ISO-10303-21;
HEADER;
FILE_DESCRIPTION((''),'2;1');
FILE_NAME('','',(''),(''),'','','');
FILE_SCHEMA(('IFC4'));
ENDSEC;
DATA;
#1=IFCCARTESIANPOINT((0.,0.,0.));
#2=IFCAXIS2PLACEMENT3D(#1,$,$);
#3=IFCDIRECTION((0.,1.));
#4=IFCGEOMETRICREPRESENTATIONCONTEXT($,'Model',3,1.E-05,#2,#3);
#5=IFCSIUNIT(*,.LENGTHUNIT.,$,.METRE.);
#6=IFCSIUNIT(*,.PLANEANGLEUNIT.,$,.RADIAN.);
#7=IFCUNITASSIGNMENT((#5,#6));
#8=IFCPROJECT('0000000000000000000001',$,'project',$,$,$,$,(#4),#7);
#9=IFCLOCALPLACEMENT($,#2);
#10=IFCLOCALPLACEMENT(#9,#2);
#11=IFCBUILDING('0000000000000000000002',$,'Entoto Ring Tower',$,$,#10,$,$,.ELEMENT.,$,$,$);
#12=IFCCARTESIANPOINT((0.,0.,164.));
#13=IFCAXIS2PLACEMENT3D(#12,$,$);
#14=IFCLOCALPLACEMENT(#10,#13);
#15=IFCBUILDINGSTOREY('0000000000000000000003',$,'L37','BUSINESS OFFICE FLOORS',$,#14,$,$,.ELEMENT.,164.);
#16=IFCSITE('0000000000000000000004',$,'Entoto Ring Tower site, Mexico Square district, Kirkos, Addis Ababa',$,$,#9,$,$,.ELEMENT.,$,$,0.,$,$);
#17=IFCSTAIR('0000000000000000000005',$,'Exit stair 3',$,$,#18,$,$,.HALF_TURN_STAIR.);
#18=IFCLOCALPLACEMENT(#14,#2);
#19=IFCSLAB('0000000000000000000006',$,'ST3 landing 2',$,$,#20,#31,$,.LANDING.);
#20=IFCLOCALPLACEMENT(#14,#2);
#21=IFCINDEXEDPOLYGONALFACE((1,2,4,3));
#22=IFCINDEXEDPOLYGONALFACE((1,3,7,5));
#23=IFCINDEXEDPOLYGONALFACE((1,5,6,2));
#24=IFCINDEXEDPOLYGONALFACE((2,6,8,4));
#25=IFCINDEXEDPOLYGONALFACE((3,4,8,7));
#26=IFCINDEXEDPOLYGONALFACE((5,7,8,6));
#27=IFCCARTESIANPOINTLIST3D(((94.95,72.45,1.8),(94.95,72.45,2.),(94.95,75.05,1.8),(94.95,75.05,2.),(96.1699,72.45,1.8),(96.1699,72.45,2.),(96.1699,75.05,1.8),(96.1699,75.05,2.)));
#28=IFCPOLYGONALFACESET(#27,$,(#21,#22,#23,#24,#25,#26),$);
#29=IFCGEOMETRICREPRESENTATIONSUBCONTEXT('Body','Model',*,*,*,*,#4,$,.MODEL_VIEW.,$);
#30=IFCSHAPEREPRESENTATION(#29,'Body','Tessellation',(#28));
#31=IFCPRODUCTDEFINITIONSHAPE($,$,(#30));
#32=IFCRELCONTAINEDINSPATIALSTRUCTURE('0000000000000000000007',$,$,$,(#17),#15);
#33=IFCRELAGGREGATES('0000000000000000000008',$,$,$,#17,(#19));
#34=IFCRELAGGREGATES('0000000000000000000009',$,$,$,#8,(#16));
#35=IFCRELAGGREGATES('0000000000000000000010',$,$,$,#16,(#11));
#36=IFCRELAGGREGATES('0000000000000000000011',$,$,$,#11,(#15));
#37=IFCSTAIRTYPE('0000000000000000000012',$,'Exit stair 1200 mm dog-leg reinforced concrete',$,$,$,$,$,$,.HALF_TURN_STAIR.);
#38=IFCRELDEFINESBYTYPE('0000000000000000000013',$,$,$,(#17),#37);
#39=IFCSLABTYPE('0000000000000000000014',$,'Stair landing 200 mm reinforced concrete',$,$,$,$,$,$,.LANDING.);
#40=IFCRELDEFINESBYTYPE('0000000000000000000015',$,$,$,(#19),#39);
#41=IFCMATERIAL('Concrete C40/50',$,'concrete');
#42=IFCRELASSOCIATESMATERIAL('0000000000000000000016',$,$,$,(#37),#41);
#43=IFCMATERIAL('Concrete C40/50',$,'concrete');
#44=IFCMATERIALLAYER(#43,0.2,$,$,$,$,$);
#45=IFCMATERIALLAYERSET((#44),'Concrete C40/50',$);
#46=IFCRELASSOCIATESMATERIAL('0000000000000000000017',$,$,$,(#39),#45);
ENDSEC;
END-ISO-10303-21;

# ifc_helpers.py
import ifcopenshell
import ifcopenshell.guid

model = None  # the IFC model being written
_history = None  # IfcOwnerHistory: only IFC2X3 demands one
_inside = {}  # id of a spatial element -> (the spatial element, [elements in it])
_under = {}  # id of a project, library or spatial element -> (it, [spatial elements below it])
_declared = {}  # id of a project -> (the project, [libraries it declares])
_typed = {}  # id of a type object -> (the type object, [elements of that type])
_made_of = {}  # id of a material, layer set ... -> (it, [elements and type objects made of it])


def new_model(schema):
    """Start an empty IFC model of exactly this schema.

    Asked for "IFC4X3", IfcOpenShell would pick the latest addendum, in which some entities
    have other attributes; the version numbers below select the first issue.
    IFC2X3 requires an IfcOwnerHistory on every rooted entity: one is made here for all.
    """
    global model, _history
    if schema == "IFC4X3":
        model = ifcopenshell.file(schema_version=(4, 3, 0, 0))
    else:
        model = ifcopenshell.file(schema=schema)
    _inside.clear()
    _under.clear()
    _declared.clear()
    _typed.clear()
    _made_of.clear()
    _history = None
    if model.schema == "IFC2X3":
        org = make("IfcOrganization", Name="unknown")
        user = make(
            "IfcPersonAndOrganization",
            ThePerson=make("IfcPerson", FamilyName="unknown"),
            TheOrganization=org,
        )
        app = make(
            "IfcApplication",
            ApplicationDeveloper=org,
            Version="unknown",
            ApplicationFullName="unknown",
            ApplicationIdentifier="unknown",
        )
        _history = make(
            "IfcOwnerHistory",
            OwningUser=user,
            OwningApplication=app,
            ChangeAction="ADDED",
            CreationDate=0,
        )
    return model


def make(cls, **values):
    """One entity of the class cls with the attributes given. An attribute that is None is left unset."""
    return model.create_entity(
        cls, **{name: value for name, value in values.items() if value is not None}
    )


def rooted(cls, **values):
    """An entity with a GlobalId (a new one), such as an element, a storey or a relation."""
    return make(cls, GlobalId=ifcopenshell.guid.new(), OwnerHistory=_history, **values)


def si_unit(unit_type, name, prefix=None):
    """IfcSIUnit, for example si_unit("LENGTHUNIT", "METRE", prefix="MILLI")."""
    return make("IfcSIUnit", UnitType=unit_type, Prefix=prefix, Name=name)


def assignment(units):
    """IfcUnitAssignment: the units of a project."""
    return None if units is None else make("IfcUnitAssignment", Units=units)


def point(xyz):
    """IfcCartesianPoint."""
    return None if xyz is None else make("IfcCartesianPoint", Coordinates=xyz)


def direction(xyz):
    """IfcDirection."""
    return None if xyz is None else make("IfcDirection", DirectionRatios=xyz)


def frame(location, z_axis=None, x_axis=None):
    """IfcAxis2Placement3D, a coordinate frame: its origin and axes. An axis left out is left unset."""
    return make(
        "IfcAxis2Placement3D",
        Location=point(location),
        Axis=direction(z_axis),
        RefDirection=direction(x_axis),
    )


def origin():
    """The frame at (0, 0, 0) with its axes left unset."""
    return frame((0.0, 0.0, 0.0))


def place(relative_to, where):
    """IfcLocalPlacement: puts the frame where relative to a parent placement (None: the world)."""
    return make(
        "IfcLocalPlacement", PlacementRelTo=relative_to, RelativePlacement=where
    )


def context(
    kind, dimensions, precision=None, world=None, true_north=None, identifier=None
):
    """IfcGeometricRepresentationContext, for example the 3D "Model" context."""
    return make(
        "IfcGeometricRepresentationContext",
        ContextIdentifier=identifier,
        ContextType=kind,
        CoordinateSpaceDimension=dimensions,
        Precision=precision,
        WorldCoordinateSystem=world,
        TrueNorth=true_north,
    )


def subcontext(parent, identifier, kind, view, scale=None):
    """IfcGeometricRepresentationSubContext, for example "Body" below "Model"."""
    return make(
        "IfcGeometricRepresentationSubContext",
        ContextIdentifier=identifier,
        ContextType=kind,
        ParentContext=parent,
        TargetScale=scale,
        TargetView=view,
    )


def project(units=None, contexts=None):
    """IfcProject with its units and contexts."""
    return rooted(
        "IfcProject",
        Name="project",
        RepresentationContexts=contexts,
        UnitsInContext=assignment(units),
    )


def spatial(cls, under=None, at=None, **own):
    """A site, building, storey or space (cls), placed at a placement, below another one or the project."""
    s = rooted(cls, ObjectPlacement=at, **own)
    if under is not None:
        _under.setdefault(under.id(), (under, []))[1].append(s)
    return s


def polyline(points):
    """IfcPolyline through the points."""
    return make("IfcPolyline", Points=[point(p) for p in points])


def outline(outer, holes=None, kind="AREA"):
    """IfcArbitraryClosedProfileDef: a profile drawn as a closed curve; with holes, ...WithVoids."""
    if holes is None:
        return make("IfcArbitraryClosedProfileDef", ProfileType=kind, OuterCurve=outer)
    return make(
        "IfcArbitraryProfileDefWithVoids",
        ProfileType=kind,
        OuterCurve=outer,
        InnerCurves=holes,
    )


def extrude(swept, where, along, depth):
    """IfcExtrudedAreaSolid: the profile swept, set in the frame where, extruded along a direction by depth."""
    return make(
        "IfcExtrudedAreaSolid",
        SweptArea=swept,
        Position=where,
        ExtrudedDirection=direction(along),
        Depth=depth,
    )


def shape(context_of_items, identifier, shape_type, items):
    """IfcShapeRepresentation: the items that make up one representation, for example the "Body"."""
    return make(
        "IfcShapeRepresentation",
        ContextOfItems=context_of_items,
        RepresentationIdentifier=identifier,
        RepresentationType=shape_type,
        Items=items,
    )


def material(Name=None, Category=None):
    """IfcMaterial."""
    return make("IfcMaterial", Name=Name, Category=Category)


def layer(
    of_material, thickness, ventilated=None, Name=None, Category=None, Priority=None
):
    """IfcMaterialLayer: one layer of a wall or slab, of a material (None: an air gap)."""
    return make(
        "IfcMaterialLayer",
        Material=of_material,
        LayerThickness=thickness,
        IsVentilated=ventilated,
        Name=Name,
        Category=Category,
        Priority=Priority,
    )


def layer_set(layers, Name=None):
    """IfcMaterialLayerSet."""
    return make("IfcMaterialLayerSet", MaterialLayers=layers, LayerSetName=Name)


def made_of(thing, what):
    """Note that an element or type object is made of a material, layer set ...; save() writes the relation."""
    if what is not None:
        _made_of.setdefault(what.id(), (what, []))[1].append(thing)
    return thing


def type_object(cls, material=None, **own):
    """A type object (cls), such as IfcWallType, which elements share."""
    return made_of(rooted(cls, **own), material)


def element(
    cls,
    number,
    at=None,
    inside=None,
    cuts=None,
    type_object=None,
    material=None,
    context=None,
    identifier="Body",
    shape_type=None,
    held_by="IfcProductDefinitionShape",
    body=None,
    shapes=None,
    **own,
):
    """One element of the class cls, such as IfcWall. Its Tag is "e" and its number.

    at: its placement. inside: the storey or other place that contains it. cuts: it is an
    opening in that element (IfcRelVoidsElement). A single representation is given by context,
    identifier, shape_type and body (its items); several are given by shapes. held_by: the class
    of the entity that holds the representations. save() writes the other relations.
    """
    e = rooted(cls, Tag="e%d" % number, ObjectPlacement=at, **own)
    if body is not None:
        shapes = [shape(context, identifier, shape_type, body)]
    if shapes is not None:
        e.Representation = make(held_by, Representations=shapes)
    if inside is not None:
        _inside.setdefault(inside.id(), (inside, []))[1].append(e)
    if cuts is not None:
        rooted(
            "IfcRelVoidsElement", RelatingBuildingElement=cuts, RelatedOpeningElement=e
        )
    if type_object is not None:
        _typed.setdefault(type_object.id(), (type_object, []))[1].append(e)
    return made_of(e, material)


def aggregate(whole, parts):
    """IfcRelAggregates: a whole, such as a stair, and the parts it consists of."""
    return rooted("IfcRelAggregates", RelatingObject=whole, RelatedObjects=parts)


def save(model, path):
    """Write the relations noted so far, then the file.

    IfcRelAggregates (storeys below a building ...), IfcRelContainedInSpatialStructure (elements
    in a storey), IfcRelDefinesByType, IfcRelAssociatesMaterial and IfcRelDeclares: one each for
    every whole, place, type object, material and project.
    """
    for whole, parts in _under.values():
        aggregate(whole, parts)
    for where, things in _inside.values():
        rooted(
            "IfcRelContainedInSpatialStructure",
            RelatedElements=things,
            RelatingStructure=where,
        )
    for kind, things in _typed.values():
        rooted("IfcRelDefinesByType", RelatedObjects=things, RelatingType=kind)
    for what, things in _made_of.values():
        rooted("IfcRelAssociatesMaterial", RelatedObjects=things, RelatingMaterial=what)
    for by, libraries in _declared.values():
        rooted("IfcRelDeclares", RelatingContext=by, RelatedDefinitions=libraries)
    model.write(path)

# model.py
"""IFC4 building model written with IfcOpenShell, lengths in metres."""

from ifc_helpers import new_model, si_unit, direction, frame, origin, place, context, subcontext, project, spatial, polyline, outline, extrude, material, layer, layer_set, type_object, element, aggregate, save


model = new_model("IFC4")

# Units and contexts
model_context = context("Model", 3, precision=1e-05, world=origin(), true_north=direction((0.0, 1.0)))
body_context = subcontext(model_context, "Body", "Model", "MODEL_VIEW")
ifc_project = project(units=[si_unit("LENGTHUNIT", "METRE"), si_unit("PLANEANGLEUNIT", "RADIAN")], contexts=[model_context])

# Site, building, storey
site_placement = place(None, origin())
site = spatial("IfcSite", under=ifc_project, at=site_placement, Name="Entoto Ring Tower site, Mexico Square district, Kirkos, Addis Ababa", CompositionType="ELEMENT", RefElevation=0.0)
building_placement = place(site_placement, origin())
building = spatial("IfcBuilding", under=site, at=building_placement, Name="Entoto Ring Tower", CompositionType="ELEMENT")
storey_placement = place(building_placement, frame((0.0, 0.0, 164.0)))
storey = spatial("IfcBuildingStorey", under=building, at=storey_placement, Name="L37", Description="BUSINESS OFFICE FLOORS", CompositionType="ELEMENT", Elevation=164.0)

# Shared definitions
ifc_material_1 = material(Name="Concrete C40/50", Category="concrete")
stair_type = type_object("IfcStairType", Name="Exit stair 1200 mm dog-leg reinforced concrete", PredefinedType="HALF_TURN_STAIR", material=ifc_material_1)
ifc_material_2 = material(Name="Concrete C40/50", Category="concrete")
ifc_layer_1 = layer(ifc_material_2, 0.2)
ifc_layer_set_1 = layer_set([ifc_layer_1], Name="Concrete C40/50")
slab_type_1 = type_object("IfcSlabType", Name="Stair landing 200 mm reinforced concrete", PredefinedType="LANDING", material=ifc_layer_set_1)

# Stair, slab
stair_1_placement = place(storey_placement, origin())
stair_1 = element("IfcStair", 1, at=stair_1_placement, inside=storey, type_object=stair_type, Name="Exit stair 3", PredefinedType="HALF_TURN_STAIR")
slab_1_placement = place(storey_placement, frame((0.0, 0.0, 1.8)))
slab_1 = element("IfcSlab", 2, at=slab_1_placement, type_object=slab_type_1, Name="ST3 landing 2", PredefinedType="LANDING", context=body_context, shape_type="SweptSolid", body=[
    extrude(outline(polyline([(94.95, 72.45), (96.1699, 72.45), (96.1699, 75.05), (94.95, 75.05), (94.95, 72.45)])), origin(), (0.0, 0.0, 1.0), 0.2),
])
aggregate(stair_1, [slab_1])

save(model, "model.ifc")
